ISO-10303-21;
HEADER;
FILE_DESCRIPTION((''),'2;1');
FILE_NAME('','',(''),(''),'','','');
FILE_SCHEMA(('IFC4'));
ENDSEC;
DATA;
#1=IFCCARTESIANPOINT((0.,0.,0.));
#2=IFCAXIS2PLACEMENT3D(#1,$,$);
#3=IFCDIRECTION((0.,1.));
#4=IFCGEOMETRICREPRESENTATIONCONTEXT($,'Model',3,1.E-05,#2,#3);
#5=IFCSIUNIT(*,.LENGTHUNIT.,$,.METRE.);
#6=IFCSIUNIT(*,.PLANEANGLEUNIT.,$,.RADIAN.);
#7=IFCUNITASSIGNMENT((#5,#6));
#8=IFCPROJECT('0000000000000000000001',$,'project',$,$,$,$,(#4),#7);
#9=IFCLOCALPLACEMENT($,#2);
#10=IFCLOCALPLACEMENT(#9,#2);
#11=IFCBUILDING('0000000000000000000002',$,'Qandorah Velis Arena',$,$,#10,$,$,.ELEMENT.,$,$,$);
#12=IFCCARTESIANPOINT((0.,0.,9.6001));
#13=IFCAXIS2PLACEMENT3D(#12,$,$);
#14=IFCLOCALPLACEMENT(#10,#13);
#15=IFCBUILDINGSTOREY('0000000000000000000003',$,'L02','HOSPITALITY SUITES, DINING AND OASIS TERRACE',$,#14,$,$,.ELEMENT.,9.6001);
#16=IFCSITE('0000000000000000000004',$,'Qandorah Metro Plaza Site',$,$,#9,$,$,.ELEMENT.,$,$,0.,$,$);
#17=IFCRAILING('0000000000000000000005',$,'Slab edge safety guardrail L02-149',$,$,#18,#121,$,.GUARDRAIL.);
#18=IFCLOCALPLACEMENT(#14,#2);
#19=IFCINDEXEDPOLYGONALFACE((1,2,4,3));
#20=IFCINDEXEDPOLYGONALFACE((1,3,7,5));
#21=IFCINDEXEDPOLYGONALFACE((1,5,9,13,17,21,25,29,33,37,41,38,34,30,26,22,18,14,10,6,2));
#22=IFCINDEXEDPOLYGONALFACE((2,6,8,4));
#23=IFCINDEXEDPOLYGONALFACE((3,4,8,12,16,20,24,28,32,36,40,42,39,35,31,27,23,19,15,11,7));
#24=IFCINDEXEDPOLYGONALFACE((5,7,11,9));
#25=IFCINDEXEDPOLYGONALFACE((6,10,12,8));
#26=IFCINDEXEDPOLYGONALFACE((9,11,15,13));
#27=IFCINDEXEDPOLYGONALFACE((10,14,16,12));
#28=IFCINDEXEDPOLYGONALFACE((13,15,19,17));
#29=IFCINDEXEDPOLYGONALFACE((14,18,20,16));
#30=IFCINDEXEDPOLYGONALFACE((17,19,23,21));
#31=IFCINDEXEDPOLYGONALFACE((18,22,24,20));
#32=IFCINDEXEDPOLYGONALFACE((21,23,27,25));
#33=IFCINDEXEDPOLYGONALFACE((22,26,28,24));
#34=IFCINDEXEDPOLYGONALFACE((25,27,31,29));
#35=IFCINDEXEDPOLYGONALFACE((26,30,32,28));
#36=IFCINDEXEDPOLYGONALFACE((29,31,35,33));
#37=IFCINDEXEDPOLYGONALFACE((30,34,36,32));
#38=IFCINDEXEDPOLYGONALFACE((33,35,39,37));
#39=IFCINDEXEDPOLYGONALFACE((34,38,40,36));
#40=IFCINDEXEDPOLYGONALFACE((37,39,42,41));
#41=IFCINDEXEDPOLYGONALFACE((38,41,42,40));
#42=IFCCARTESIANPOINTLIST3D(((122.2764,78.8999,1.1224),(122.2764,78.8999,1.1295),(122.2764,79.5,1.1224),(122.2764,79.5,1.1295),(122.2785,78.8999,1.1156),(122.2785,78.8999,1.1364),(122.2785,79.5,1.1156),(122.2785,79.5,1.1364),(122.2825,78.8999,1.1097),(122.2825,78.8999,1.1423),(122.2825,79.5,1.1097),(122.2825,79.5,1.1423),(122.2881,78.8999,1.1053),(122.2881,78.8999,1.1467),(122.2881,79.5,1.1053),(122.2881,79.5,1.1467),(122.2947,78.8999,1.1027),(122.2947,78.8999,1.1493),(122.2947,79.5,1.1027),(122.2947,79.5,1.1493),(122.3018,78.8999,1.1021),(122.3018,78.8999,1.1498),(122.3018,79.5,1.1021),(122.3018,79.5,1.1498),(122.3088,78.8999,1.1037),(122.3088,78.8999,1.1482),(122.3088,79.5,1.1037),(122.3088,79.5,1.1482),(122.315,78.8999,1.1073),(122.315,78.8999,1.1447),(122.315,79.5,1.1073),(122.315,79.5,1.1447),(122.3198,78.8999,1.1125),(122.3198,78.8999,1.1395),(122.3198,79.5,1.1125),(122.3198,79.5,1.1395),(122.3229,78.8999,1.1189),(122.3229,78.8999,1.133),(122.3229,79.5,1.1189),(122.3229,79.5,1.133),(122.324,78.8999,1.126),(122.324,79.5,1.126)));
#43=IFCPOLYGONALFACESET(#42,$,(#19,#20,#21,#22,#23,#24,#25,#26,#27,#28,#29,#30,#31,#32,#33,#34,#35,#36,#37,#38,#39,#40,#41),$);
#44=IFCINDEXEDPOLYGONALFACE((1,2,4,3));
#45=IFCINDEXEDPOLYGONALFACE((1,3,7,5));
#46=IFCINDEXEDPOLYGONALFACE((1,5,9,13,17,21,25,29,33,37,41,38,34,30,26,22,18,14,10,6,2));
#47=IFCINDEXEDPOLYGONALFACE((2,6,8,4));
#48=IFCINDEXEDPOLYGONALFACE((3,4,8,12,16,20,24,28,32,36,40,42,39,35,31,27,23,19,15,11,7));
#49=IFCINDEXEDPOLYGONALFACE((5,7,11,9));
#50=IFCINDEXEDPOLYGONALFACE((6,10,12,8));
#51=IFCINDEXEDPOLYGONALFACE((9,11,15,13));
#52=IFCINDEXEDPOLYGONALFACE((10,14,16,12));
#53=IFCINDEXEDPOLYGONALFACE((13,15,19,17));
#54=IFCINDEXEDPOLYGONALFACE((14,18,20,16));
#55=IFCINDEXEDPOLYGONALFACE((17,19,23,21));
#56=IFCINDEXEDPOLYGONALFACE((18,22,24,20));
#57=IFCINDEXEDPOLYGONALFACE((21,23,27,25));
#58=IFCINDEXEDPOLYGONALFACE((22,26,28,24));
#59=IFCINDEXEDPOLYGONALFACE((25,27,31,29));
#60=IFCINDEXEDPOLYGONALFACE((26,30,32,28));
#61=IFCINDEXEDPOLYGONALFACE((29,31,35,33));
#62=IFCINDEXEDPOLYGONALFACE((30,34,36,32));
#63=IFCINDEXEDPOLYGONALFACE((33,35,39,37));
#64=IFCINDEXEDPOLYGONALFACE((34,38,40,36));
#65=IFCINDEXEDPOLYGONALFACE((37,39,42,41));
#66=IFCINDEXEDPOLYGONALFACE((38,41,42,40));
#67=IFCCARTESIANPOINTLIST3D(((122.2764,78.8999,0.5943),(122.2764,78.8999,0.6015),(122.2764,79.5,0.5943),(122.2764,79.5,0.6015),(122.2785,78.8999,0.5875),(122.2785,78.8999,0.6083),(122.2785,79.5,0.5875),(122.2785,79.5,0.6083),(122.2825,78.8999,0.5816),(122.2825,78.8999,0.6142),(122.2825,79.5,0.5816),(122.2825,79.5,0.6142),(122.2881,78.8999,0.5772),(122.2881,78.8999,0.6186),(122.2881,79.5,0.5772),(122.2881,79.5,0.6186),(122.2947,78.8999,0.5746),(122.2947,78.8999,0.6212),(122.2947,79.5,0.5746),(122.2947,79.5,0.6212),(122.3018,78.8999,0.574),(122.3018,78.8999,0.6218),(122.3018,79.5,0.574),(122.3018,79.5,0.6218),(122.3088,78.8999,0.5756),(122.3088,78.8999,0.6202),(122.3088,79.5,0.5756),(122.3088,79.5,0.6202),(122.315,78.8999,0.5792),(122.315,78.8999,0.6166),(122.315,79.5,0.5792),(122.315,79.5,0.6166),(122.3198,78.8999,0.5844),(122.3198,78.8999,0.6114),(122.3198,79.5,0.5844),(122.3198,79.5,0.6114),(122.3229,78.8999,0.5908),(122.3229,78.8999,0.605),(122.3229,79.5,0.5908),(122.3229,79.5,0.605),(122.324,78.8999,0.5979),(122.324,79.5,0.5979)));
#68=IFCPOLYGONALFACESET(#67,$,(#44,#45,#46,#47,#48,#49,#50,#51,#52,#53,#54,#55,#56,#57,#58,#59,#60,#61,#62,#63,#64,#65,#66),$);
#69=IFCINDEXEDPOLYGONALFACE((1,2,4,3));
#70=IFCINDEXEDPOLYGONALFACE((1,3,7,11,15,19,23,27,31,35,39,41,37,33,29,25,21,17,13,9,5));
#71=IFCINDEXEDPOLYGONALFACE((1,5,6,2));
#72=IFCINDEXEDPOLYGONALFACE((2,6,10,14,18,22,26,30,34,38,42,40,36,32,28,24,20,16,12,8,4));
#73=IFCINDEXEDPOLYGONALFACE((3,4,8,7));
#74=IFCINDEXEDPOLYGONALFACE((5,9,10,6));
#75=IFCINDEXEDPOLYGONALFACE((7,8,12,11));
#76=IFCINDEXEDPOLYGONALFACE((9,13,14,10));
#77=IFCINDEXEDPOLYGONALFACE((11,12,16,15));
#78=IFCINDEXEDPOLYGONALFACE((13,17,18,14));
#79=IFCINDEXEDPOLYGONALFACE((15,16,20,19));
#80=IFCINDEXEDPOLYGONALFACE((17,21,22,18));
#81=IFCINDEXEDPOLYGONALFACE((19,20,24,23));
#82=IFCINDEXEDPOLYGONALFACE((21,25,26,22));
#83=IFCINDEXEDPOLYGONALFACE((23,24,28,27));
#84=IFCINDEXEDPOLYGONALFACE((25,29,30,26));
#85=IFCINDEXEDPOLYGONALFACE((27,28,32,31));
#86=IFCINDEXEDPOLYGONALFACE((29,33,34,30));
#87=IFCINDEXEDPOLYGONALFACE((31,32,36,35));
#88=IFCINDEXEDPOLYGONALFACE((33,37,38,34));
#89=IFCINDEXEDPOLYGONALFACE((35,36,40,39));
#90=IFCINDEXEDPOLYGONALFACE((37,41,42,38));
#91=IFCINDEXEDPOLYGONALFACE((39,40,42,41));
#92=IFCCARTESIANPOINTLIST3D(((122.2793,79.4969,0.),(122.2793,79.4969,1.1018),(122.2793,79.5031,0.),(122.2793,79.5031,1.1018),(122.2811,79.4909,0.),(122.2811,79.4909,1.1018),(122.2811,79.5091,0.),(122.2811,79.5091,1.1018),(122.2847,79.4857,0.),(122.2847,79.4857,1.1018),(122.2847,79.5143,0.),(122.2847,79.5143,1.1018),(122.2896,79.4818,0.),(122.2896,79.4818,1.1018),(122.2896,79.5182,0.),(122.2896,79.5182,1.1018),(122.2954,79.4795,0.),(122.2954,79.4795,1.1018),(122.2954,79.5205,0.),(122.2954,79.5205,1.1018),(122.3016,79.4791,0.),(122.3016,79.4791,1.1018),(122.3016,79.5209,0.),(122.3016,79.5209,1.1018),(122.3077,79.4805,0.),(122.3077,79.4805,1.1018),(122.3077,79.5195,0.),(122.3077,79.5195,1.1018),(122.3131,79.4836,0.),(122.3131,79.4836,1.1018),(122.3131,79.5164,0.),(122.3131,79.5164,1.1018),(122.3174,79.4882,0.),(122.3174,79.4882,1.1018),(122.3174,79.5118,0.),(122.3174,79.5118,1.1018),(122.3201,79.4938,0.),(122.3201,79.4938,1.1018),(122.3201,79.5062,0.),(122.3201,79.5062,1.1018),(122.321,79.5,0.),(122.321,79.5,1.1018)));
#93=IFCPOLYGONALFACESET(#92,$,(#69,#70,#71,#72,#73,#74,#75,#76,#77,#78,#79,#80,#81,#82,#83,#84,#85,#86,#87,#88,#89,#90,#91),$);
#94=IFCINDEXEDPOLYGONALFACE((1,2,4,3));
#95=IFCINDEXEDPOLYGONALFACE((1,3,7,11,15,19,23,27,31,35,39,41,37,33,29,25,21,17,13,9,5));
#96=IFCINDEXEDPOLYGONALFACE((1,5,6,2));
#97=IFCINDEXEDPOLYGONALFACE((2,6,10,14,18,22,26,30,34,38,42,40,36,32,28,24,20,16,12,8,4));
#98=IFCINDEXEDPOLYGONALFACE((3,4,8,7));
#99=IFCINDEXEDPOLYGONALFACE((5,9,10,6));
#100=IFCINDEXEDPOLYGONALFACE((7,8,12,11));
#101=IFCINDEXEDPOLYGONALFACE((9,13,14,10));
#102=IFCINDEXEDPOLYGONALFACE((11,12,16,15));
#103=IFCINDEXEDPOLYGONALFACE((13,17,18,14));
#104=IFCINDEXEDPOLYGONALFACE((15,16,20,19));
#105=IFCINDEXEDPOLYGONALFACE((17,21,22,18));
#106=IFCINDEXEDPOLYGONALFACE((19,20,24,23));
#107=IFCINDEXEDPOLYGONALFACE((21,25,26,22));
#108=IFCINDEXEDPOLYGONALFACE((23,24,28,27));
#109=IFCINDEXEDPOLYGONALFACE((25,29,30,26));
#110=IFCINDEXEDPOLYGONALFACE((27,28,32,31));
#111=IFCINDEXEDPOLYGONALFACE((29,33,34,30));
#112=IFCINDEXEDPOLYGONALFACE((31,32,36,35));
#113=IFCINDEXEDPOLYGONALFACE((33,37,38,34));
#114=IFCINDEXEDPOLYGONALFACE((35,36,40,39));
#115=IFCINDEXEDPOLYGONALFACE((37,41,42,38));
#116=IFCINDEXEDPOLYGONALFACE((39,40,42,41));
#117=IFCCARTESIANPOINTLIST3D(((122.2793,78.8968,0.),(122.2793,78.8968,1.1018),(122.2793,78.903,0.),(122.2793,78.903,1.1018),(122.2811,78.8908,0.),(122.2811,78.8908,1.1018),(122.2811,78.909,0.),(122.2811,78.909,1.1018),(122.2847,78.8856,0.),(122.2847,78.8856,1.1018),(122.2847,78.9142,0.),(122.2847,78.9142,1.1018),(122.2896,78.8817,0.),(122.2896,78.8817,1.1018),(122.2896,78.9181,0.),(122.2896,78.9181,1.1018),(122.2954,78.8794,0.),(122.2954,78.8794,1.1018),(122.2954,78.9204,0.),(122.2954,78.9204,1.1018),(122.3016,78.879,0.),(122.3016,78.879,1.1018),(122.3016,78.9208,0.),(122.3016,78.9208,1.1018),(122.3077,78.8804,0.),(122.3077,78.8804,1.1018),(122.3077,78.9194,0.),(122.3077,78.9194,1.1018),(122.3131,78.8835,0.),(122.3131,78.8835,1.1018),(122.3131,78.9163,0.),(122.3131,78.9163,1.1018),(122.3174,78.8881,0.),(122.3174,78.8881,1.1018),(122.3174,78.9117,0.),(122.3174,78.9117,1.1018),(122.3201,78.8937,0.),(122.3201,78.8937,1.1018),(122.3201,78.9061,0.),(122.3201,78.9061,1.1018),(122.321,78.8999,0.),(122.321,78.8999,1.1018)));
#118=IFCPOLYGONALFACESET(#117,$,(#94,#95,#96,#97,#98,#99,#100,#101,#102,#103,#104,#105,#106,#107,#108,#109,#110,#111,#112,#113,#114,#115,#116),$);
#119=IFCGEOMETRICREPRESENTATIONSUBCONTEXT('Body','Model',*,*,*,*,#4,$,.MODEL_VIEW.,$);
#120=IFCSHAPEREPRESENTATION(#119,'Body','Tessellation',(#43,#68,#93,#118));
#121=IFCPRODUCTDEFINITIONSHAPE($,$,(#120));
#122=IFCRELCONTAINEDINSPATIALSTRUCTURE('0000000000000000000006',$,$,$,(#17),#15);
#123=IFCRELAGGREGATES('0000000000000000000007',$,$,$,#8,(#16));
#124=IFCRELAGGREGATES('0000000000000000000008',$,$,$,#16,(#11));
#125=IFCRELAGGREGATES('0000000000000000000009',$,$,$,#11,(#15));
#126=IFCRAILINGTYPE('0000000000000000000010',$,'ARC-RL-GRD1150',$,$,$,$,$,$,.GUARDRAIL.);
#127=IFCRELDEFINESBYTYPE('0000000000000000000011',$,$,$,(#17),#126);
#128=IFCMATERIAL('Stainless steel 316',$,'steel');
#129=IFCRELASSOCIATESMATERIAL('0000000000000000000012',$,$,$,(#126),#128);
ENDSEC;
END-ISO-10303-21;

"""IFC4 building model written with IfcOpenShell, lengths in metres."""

from ifc_helpers import new_model, si_unit, direction, frame, origin, origin_2d, place, context, subcontext, project, spatial, circle, extrude, material, type_object, element, save


model = new_model("IFC4")

# Units and contexts
model_context = context("Model", 3, precision=1e-05, world=origin(), true_north=direction((0.0, 1.0)))
body_context = subcontext(model_context, "Body", "Model", "MODEL_VIEW")
ifc_project = project(units=[si_unit("LENGTHUNIT", "METRE"), si_unit("PLANEANGLEUNIT", "RADIAN")], contexts=[model_context])

# Site, building, storey
site_placement = place(None, origin())
site = spatial("IfcSite", under=ifc_project, at=site_placement, Name="Qandorah Metro Plaza Site", CompositionType="ELEMENT", RefElevation=0.0)
building_placement = place(site_placement, origin())
building = spatial("IfcBuilding", under=site, at=building_placement, Name="Qandorah Velis Arena", CompositionType="ELEMENT")
storey_placement = place(building_placement, frame((0.0, 0.0, 9.6001)))
storey = spatial("IfcBuildingStorey", under=building, at=storey_placement, Name="L02", Description="HOSPITALITY SUITES, DINING AND OASIS TERRACE", CompositionType="ELEMENT", Elevation=9.6001)

# Railing
ifc_material_1 = material(Name="Stainless steel 316", Category="steel")
railing_type = type_object("IfcRailingType", Name="ARC-RL-GRD1150", PredefinedType="GUARDRAIL", material=ifc_material_1)
for number, where, name in (
    (1, (122.3, 79.5, 0.0), "Slab edge safety guardrail L02-149"),
):
    element("IfcRailing", number, at=place(storey_placement, frame(where)), inside=storey, type_object=railing_type, Name=name, PredefinedType="GUARDRAIL", context=body_context, shape_type="SweptSolid", body=[
        extrude(circle(Radius=0.0239, at=origin_2d()), frame((0.0, 0.0, 1.126), z_axis=(0.0, -1.0, 0.0), x_axis=(1.0, 0.0, 0.0)), (0.0, 0.0, 1.0), 0.6001),
        extrude(circle(Radius=0.0239, at=origin_2d()), frame((0.0, 0.0, 0.5979), z_axis=(0.0, -1.0, 0.0), x_axis=(1.0, 0.0, 0.0)), (0.0, 0.0, 1.0), 0.6001),
        extrude(circle(Radius=0.021, at=origin_2d()), origin(), (0.0, 0.0, 1.0), 1.1018),
        extrude(circle(Radius=0.021, at=origin_2d()), frame((0.0, -0.6001, 0.0)), (0.0, 0.0, 1.0), 1.1018),
    ])

save(model, "model.ifc")
